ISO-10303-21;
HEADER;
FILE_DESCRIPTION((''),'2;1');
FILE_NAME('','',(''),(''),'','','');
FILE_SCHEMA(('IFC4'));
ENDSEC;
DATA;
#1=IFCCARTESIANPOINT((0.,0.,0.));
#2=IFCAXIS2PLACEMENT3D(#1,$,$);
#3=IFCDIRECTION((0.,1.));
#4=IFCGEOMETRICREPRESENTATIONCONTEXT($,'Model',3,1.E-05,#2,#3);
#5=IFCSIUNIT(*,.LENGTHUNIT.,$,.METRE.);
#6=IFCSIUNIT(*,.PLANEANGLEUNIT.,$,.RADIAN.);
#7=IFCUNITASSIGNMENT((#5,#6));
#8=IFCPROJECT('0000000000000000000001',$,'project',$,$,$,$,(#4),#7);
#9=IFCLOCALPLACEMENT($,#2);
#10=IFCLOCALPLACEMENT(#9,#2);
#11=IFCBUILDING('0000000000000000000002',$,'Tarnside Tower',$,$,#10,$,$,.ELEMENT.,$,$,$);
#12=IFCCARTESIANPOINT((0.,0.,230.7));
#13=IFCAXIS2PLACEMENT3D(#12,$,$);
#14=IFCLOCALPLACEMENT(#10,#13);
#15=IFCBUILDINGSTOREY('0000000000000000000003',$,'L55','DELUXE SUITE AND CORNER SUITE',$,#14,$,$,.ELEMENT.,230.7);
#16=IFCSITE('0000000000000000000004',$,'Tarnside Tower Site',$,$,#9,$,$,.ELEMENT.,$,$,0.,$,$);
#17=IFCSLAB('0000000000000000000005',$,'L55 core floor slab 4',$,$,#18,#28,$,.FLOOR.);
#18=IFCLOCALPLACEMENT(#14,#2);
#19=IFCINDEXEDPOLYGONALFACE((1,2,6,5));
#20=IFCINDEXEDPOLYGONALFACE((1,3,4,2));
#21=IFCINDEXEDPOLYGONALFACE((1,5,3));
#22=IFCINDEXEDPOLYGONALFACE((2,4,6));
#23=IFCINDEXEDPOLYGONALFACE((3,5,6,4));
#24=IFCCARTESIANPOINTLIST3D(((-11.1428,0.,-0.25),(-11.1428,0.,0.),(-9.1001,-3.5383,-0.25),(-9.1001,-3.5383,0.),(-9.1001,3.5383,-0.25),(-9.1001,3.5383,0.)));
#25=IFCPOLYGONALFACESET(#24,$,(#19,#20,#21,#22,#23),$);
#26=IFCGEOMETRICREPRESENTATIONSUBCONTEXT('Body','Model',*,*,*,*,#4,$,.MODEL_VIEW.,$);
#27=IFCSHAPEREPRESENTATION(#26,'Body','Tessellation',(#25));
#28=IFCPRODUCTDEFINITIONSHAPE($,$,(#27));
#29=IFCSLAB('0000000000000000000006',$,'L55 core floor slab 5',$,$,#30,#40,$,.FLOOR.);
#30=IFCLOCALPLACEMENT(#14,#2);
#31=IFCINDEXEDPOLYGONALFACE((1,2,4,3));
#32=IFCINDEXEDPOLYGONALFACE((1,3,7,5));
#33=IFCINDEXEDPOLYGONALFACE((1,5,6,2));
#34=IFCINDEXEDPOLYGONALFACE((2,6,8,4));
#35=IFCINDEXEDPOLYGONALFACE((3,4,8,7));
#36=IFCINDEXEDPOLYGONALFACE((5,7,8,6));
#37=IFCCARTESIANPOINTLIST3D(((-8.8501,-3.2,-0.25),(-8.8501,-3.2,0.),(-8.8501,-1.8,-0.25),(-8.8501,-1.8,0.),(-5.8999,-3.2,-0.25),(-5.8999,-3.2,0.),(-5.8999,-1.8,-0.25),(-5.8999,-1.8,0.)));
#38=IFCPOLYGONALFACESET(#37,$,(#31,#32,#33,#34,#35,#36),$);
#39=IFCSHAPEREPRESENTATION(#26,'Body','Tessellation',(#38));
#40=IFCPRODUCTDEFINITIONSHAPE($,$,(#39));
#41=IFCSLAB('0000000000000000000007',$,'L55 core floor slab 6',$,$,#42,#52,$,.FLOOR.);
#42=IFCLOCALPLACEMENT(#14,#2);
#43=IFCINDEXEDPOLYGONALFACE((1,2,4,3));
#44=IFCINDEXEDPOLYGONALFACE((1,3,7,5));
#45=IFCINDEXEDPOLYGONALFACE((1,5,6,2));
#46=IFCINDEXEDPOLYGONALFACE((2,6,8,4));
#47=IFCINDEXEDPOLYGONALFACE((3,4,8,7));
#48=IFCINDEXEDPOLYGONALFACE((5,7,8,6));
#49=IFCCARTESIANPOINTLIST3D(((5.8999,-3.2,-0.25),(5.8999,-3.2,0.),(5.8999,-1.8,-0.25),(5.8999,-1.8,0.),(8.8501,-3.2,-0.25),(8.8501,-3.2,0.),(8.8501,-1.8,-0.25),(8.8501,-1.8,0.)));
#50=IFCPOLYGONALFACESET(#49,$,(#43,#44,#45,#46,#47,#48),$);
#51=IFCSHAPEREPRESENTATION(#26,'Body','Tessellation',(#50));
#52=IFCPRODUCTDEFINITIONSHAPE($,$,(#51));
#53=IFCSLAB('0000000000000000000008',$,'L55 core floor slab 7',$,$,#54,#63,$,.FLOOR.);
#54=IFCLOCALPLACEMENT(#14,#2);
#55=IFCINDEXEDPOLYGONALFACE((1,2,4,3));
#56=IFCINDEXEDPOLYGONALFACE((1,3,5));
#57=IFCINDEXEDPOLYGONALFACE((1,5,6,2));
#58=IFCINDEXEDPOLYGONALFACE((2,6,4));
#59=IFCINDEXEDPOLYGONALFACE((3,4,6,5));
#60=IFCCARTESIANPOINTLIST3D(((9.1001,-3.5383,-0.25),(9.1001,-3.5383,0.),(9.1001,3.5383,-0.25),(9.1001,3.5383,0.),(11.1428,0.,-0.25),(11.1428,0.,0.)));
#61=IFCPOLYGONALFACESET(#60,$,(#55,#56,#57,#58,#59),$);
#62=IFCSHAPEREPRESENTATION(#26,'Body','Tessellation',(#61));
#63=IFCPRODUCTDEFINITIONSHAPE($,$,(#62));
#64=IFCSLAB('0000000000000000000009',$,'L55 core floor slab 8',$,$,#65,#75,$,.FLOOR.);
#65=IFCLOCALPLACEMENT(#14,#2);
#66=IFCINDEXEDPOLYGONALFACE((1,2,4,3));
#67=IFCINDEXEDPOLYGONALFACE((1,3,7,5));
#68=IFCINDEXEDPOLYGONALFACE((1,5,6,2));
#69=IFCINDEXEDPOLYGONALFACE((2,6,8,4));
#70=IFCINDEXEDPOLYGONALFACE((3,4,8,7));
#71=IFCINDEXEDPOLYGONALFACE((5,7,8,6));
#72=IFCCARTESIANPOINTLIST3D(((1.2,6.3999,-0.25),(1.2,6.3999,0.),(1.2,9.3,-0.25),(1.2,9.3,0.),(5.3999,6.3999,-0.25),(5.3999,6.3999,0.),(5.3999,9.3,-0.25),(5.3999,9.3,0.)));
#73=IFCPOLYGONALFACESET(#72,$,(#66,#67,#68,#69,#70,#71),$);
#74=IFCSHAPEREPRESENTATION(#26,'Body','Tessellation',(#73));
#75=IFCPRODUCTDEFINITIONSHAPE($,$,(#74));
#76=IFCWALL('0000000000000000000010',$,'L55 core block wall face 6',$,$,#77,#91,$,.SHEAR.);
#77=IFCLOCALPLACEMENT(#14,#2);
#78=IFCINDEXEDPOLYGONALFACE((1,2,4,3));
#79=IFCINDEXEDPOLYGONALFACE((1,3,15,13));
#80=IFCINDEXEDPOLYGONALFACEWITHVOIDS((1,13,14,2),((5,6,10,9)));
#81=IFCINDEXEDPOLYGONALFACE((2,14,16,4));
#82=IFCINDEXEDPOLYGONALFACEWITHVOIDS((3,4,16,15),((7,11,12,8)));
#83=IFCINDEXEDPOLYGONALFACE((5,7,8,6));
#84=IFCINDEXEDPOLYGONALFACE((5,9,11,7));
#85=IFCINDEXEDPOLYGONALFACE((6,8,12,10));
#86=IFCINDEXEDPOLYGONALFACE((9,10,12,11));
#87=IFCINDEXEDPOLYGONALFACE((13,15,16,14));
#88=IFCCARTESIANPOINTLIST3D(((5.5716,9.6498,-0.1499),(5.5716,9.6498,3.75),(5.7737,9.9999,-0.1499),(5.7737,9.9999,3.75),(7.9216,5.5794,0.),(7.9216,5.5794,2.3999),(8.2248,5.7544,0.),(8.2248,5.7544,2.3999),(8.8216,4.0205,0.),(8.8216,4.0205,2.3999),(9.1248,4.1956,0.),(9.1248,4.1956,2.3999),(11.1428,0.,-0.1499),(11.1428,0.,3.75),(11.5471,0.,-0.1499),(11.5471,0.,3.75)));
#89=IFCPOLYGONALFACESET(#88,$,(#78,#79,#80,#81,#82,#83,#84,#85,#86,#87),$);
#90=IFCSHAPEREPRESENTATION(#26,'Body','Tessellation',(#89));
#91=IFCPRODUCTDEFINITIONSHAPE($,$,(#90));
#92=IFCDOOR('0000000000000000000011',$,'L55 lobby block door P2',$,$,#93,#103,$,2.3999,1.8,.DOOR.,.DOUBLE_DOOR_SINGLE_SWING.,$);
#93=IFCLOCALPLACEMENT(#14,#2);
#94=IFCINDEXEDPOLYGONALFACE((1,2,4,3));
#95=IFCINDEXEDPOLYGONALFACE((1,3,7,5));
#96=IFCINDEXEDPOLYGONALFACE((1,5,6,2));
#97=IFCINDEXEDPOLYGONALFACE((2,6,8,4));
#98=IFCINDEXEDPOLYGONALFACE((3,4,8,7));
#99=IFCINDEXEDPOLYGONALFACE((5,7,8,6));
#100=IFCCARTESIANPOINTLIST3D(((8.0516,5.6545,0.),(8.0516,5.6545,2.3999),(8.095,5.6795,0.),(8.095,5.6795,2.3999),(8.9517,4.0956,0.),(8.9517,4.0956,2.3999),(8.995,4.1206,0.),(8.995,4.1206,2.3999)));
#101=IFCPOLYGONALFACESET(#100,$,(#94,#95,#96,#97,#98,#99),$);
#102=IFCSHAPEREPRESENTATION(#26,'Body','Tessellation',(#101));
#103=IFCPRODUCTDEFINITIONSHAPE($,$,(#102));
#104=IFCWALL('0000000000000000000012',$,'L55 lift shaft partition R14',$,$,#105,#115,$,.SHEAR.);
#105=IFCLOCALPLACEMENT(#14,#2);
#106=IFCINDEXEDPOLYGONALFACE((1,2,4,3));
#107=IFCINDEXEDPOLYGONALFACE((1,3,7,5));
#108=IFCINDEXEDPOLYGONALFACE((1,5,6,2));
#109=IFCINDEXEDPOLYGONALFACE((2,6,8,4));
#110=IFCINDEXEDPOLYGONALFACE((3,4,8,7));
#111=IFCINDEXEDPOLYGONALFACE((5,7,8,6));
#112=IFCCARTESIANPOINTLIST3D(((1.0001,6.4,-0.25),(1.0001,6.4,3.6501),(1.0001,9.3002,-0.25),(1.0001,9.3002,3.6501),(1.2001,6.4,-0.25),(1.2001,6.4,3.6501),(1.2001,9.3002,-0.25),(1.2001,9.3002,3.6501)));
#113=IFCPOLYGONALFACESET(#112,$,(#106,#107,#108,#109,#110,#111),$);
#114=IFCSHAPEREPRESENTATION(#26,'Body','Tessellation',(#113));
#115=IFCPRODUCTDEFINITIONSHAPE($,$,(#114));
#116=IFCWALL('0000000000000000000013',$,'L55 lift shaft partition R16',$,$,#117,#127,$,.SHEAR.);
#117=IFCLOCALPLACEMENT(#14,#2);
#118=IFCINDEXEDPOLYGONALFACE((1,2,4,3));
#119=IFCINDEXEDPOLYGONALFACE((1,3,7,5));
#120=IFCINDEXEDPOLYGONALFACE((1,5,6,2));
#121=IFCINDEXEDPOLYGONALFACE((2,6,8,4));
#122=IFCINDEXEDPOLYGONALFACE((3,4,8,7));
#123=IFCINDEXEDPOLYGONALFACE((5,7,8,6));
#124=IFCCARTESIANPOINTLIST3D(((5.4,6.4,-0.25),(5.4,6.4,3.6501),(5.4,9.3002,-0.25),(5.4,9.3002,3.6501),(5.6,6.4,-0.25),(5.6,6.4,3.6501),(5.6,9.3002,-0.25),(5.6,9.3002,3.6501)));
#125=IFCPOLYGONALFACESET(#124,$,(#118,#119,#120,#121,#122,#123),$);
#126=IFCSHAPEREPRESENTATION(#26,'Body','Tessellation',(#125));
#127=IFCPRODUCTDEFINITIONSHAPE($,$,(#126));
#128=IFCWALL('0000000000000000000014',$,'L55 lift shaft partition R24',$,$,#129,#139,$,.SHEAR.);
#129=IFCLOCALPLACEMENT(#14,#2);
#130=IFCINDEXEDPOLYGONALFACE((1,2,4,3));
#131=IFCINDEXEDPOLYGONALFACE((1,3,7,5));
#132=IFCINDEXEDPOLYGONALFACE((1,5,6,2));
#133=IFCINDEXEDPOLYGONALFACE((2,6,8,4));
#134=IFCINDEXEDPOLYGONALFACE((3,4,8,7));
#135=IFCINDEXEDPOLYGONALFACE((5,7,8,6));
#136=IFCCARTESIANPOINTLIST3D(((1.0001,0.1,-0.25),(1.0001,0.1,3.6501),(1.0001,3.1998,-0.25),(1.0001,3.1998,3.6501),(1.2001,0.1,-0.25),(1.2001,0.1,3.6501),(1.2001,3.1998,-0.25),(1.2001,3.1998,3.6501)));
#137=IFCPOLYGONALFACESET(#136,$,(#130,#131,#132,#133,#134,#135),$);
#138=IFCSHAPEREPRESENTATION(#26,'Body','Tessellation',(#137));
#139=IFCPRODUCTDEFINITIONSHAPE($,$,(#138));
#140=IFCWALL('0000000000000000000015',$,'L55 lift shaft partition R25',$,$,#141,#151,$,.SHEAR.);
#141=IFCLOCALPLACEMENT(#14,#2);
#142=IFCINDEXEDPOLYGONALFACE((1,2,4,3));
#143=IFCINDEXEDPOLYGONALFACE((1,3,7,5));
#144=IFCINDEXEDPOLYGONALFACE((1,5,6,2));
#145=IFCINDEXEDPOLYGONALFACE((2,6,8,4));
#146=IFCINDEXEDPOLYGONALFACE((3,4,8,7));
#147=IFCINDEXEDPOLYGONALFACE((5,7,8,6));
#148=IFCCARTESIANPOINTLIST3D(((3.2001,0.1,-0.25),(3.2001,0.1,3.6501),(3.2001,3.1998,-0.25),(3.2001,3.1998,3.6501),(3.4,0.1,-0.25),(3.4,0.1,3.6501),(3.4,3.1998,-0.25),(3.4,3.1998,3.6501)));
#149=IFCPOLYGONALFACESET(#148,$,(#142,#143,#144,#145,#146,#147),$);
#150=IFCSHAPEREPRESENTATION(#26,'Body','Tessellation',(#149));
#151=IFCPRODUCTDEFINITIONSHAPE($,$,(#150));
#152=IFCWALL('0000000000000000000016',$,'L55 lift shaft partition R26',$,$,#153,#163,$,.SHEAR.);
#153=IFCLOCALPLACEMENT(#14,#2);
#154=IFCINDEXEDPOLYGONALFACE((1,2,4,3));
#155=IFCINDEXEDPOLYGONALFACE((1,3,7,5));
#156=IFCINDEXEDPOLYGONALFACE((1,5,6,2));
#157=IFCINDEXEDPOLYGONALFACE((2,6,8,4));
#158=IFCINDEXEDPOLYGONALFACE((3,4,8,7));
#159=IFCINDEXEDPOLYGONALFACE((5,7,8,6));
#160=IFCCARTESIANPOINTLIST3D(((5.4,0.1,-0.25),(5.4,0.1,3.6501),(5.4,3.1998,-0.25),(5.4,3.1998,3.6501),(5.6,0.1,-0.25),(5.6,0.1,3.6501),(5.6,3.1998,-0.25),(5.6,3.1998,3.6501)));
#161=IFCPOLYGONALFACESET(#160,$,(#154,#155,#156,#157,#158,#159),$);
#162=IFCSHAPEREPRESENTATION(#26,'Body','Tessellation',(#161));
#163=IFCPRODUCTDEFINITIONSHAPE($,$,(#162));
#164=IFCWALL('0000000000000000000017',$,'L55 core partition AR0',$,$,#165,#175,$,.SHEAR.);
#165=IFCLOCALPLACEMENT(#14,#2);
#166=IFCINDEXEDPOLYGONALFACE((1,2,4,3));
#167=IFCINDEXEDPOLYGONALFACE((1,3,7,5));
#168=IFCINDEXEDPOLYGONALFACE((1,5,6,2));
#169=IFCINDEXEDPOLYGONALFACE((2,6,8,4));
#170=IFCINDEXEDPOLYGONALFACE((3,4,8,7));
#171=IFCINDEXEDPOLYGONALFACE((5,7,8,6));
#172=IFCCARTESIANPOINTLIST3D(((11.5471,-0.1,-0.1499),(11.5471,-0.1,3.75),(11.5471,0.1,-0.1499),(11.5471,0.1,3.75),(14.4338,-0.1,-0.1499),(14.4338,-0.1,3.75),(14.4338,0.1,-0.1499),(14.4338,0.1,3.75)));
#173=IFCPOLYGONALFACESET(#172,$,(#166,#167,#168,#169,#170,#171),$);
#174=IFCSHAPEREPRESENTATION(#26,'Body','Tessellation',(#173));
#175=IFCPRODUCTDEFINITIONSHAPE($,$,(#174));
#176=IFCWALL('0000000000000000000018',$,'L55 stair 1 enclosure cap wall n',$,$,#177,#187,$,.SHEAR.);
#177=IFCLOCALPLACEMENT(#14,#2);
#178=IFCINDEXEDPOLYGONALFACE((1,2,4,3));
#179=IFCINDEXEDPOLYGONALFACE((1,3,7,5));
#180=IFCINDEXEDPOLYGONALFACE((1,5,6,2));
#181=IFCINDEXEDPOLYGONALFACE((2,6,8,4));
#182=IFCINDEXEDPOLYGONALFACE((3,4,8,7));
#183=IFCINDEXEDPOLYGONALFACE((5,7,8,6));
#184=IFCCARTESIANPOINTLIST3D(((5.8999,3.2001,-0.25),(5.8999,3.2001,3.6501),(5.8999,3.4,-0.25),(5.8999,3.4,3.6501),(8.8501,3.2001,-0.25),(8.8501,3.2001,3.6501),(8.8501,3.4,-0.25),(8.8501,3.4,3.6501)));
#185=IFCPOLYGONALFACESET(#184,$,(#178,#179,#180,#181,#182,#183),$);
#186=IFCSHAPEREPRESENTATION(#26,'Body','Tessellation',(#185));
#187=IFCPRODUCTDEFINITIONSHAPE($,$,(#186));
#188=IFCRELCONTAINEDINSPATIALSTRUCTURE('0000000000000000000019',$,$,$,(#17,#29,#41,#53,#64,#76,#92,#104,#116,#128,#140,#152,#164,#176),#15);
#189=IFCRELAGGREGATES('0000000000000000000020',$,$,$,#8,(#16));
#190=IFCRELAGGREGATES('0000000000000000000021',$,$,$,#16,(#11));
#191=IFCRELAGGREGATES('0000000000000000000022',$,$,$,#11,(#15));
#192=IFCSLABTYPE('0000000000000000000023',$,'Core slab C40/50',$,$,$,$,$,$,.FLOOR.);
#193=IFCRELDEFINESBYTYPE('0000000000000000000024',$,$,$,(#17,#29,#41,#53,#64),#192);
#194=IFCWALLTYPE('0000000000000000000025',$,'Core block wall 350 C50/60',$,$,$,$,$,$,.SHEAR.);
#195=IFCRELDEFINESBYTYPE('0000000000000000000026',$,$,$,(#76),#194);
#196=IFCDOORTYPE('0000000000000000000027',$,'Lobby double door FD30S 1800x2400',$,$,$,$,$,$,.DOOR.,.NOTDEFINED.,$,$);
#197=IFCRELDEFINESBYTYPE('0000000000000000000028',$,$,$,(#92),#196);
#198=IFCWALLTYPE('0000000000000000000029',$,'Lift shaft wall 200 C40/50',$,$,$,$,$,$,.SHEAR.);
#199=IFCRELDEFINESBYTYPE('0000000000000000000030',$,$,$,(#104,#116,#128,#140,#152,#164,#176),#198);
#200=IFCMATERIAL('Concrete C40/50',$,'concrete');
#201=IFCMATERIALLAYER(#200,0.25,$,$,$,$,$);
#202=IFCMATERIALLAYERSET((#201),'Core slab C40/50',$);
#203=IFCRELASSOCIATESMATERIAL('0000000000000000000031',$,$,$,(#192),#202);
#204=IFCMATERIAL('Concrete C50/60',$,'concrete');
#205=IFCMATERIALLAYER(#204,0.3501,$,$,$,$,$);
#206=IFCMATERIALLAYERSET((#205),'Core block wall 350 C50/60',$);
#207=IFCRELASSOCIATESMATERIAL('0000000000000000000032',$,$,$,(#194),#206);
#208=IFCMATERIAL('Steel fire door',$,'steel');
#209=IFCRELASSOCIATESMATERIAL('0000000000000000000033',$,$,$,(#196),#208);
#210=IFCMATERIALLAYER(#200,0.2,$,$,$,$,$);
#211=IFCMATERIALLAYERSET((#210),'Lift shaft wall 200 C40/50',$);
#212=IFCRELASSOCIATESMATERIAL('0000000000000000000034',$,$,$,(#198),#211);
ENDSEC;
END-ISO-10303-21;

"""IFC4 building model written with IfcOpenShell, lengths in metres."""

from ifc_helpers import new_model, si_unit, direction, frame, frame_2d, origin, place, context, subcontext, project, spatial, polyline, rectangle, outline, extrude, material, layer, layer_set, type_object, element, fill, save


model = new_model("IFC4")

# Units and contexts
model_context = context("Model", 3, precision=1e-05, world=origin(), true_north=direction((0.0, 1.0)))
body_context = subcontext(model_context, "Body", "Model", "MODEL_VIEW")
ifc_project = project(units=[si_unit("LENGTHUNIT", "METRE"), si_unit("PLANEANGLEUNIT", "RADIAN")], contexts=[model_context])

# Site, building, storey
site_placement = place(None, origin())
site = spatial("IfcSite", under=ifc_project, at=site_placement, Name="Tarnside Tower Site", CompositionType="ELEMENT", RefElevation=0.0)
building_placement = place(site_placement, origin())
building = spatial("IfcBuilding", under=site, at=building_placement, Name="Tarnside Tower", CompositionType="ELEMENT")
storey_placement = place(building_placement, frame((0.0, 0.0, 230.7)))
storey = spatial("IfcBuildingStorey", under=building, at=storey_placement, Name="L55", Description="DELUXE SUITE AND CORNER SUITE", CompositionType="ELEMENT", Elevation=230.7)

# Slabs
ifc_material_1 = material(Name="Concrete C40/50", Category="concrete")
ifc_layer_1 = layer(ifc_material_1, 0.25)
ifc_layer_set_1 = layer_set([ifc_layer_1], Name="Core slab C40/50")
slab_type = type_object("IfcSlabType", Name="Core slab C40/50", PredefinedType="FLOOR", material=ifc_layer_set_1)
slab_1_placement = place(storey_placement, frame((0.0, 0.0, -0.25)))
element("IfcSlab", 1, at=slab_1_placement, inside=storey, type_object=slab_type, Name="L55 core floor slab 4", PredefinedType="FLOOR", context=body_context, shape_type="SweptSolid", body=[
    extrude(outline(polyline([(-11.1428, 0.0), (-9.1001, 3.5383), (-9.1001, -3.5383), (-11.1428, 0.0)])), origin(), (0.0, 0.0, 1.0), 0.25),
])
slab_2_placement = place(storey_placement, frame((0.0, 0.0, -0.25)))
element("IfcSlab", 2, at=slab_2_placement, inside=storey, type_object=slab_type, Name="L55 core floor slab 5", PredefinedType="FLOOR", context=body_context, shape_type="SweptSolid", body=[
    extrude(outline(polyline([(-8.8501, -1.8), (-5.8999, -1.8), (-5.8999, -3.2), (-8.8501, -3.2), (-8.8501, -1.8)])), origin(), (0.0, 0.0, 1.0), 0.25),
])
slab_3_placement = place(storey_placement, frame((0.0, 0.0, -0.25)))
element("IfcSlab", 3, at=slab_3_placement, inside=storey, type_object=slab_type, Name="L55 core floor slab 6", PredefinedType="FLOOR", context=body_context, shape_type="SweptSolid", body=[
    extrude(outline(polyline([(5.8999, -3.2), (5.8999, -1.8), (8.8501, -1.8), (8.8501, -3.2), (5.8999, -3.2)])), origin(), (0.0, 0.0, 1.0), 0.25),
])
slab_4_placement = place(storey_placement, frame((0.0, 0.0, -0.25)))
element("IfcSlab", 4, at=slab_4_placement, inside=storey, type_object=slab_type, Name="L55 core floor slab 7", PredefinedType="FLOOR", context=body_context, shape_type="SweptSolid", body=[
    extrude(outline(polyline([(9.1001, -3.5383), (9.1001, 3.5383), (11.1428, 0.0), (9.1001, -3.5383)])), origin(), (0.0, 0.0, 1.0), 0.25),
])
slab_5_placement = place(storey_placement, frame((0.0, 0.0, -0.25)))
element("IfcSlab", 5, at=slab_5_placement, inside=storey, type_object=slab_type, Name="L55 core floor slab 8", PredefinedType="FLOOR", context=body_context, shape_type="SweptSolid", body=[
    extrude(outline(polyline([(5.3999, 9.3), (5.3999, 6.3999), (1.2, 6.3999), (1.2, 9.3), (5.3999, 9.3)])), origin(), (0.0, 0.0, 1.0), 0.25),
])

# Wall, opening, door
ifc_material_2 = material(Name="Concrete C50/60", Category="concrete")
ifc_layer_2 = layer(ifc_material_2, 0.3501)
ifc_layer_set_2 = layer_set([ifc_layer_2], Name="Core block wall 350 C50/60")
wall_type_1 = type_object("IfcWallType", Name="Core block wall 350 C50/60", PredefinedType="SHEAR", material=ifc_layer_set_2)
wall_1_placement = place(storey_placement, frame((11.345, 0.0, -0.1499), z_axis=(0.0, 0.0, 1.0), x_axis=(-0.499995, 0.866028, 0.0)))
wall_1 = element("IfcWall", 6, at=wall_1_placement, inside=storey, type_object=wall_type_1, Name="L55 core block wall face 6", PredefinedType="SHEAR", context=body_context, shape_type="SweptSolid", body=[
    extrude(outline(polyline([(-0.1011, -0.175), (11.4458, -0.175), (11.2437, 0.175), (0.1011, 0.175), (-0.1011, -0.175)])), origin(), (0.0, 0.0, 1.0), 3.8999),
])
opening_placement = place(wall_1_placement, frame((4.7437, 0.0, 0.1499)))
opening = element("IfcOpeningElement", 7, at=opening_placement, cuts=wall_1, PredefinedType="OPENING", context=body_context, shape_type="SweptSolid", body=[
    extrude(rectangle(XDim=1.8, YDim=2.3999, at=frame_2d((0.8999, 1.2))), frame((0.0, 0.1851, 0.0), z_axis=(0.0, -1.0, 0.0), x_axis=(1.0, 0.0, 0.0)), (0.0, 0.0, 1.0), 0.3701),
])
ifc_material_3 = material(Name="Steel fire door", Category="steel")
door_type = type_object("IfcDoorType", Name="Lobby double door FD30S 1800x2400", OperationType="NOTDEFINED", PredefinedType="DOOR", material=ifc_material_3)
door_placement = place(opening_placement, origin())
door = element("IfcDoor", 8, at=door_placement, inside=storey, type_object=door_type, Name="L55 lobby block door P2", OperationType="DOUBLE_DOOR_SINGLE_SWING", OverallHeight=2.3999, OverallWidth=1.8, PredefinedType="DOOR", context=body_context, shape_type="SweptSolid", body=[
    extrude(rectangle(XDim=1.8, YDim=2.3999, at=frame_2d((0.8999, 1.2))), frame((0.0, 0.0249, 0.0), z_axis=(0.0, -1.0, 0.0), x_axis=(1.0, 0.0, 0.0)), (0.0, 0.0, 1.0), 0.05),
])
fill(opening, door)

# Walls
ifc_layer_3 = layer(ifc_material_1, 0.2)
ifc_layer_set_3 = layer_set([ifc_layer_3], Name="Lift shaft wall 200 C40/50")
wall_type_2 = type_object("IfcWallType", Name="Lift shaft wall 200 C40/50", PredefinedType="SHEAR", material=ifc_layer_set_3)
for number, where, z_axis, x_axis, name in (
    (9, (1.1001, 6.3999, -0.25), (0.0, 0.0, 1.0), (0.0, 1.0, 0.0), "L55 lift shaft partition R14"),
    (10, (5.5, 6.3999, -0.25), (0.0, 0.0, 1.0), (0.0, 1.0, 0.0), "L55 lift shaft partition R16"),
):
    element("IfcWall", number, at=place(storey_placement, frame(where, z_axis=z_axis, x_axis=x_axis)), inside=storey, type_object=wall_type_2, Name=name, PredefinedType="SHEAR", context=body_context, shape_type="SweptSolid", body=[
        extrude(rectangle(XDim=2.9001, YDim=0.2, at=frame_2d((1.4502, 0.0))), origin(), (0.0, 0.0, 1.0), 3.9001),
    ])
for number, where, z_axis, x_axis, name in (
    (11, (1.1001, 0.1001, -0.25), (0.0, 0.0, 1.0), (0.0, 1.0, 0.0), "L55 lift shaft partition R24"),
    (12, (3.3, 0.1001, -0.25), (0.0, 0.0, 1.0), (0.0, 1.0, 0.0), "L55 lift shaft partition R25"),
    (13, (5.5, 0.1001, -0.25), (0.0, 0.0, 1.0), (0.0, 1.0, 0.0), "L55 lift shaft partition R26"),
):
    element("IfcWall", number, at=place(storey_placement, frame(where, z_axis=z_axis, x_axis=x_axis)), inside=storey, type_object=wall_type_2, Name=name, PredefinedType="SHEAR", context=body_context, shape_type="SweptSolid", body=[
        extrude(rectangle(XDim=3.0999, YDim=0.2, at=frame_2d((1.5498, 0.0))), origin(), (0.0, 0.0, 1.0), 3.9001),
    ])
wall_2_placement = place(storey_placement, frame((11.5471, 0.0, -0.1499), z_axis=(0.0, 0.0, 1.0), x_axis=(1.0, 0.0, 0.0)))
element("IfcWall", 14, at=wall_2_placement, inside=storey, type_object=wall_type_2, Name="L55 core partition AR0", PredefinedType="SHEAR", context=body_context, shape_type="SweptSolid", body=[
    extrude(rectangle(XDim=2.8867, YDim=0.2, at=frame_2d((1.4434, 0.0))), origin(), (0.0, 0.0, 1.0), 3.8999),
])
wall_3_placement = place(storey_placement, frame((5.8999, 3.3, -0.25), z_axis=(0.0, 0.0, 1.0), x_axis=(1.0, 0.0, 0.0)))
element("IfcWall", 15, at=wall_3_placement, inside=storey, type_object=wall_type_2, Name="L55 stair 1 enclosure cap wall n", PredefinedType="SHEAR", context=body_context, shape_type="SweptSolid", body=[
    extrude(rectangle(XDim=2.9502, YDim=0.2, at=frame_2d((1.4751, 0.0))), origin(), (0.0, 0.0, 1.0), 3.9001),
])

save(model, "model.ifc")
